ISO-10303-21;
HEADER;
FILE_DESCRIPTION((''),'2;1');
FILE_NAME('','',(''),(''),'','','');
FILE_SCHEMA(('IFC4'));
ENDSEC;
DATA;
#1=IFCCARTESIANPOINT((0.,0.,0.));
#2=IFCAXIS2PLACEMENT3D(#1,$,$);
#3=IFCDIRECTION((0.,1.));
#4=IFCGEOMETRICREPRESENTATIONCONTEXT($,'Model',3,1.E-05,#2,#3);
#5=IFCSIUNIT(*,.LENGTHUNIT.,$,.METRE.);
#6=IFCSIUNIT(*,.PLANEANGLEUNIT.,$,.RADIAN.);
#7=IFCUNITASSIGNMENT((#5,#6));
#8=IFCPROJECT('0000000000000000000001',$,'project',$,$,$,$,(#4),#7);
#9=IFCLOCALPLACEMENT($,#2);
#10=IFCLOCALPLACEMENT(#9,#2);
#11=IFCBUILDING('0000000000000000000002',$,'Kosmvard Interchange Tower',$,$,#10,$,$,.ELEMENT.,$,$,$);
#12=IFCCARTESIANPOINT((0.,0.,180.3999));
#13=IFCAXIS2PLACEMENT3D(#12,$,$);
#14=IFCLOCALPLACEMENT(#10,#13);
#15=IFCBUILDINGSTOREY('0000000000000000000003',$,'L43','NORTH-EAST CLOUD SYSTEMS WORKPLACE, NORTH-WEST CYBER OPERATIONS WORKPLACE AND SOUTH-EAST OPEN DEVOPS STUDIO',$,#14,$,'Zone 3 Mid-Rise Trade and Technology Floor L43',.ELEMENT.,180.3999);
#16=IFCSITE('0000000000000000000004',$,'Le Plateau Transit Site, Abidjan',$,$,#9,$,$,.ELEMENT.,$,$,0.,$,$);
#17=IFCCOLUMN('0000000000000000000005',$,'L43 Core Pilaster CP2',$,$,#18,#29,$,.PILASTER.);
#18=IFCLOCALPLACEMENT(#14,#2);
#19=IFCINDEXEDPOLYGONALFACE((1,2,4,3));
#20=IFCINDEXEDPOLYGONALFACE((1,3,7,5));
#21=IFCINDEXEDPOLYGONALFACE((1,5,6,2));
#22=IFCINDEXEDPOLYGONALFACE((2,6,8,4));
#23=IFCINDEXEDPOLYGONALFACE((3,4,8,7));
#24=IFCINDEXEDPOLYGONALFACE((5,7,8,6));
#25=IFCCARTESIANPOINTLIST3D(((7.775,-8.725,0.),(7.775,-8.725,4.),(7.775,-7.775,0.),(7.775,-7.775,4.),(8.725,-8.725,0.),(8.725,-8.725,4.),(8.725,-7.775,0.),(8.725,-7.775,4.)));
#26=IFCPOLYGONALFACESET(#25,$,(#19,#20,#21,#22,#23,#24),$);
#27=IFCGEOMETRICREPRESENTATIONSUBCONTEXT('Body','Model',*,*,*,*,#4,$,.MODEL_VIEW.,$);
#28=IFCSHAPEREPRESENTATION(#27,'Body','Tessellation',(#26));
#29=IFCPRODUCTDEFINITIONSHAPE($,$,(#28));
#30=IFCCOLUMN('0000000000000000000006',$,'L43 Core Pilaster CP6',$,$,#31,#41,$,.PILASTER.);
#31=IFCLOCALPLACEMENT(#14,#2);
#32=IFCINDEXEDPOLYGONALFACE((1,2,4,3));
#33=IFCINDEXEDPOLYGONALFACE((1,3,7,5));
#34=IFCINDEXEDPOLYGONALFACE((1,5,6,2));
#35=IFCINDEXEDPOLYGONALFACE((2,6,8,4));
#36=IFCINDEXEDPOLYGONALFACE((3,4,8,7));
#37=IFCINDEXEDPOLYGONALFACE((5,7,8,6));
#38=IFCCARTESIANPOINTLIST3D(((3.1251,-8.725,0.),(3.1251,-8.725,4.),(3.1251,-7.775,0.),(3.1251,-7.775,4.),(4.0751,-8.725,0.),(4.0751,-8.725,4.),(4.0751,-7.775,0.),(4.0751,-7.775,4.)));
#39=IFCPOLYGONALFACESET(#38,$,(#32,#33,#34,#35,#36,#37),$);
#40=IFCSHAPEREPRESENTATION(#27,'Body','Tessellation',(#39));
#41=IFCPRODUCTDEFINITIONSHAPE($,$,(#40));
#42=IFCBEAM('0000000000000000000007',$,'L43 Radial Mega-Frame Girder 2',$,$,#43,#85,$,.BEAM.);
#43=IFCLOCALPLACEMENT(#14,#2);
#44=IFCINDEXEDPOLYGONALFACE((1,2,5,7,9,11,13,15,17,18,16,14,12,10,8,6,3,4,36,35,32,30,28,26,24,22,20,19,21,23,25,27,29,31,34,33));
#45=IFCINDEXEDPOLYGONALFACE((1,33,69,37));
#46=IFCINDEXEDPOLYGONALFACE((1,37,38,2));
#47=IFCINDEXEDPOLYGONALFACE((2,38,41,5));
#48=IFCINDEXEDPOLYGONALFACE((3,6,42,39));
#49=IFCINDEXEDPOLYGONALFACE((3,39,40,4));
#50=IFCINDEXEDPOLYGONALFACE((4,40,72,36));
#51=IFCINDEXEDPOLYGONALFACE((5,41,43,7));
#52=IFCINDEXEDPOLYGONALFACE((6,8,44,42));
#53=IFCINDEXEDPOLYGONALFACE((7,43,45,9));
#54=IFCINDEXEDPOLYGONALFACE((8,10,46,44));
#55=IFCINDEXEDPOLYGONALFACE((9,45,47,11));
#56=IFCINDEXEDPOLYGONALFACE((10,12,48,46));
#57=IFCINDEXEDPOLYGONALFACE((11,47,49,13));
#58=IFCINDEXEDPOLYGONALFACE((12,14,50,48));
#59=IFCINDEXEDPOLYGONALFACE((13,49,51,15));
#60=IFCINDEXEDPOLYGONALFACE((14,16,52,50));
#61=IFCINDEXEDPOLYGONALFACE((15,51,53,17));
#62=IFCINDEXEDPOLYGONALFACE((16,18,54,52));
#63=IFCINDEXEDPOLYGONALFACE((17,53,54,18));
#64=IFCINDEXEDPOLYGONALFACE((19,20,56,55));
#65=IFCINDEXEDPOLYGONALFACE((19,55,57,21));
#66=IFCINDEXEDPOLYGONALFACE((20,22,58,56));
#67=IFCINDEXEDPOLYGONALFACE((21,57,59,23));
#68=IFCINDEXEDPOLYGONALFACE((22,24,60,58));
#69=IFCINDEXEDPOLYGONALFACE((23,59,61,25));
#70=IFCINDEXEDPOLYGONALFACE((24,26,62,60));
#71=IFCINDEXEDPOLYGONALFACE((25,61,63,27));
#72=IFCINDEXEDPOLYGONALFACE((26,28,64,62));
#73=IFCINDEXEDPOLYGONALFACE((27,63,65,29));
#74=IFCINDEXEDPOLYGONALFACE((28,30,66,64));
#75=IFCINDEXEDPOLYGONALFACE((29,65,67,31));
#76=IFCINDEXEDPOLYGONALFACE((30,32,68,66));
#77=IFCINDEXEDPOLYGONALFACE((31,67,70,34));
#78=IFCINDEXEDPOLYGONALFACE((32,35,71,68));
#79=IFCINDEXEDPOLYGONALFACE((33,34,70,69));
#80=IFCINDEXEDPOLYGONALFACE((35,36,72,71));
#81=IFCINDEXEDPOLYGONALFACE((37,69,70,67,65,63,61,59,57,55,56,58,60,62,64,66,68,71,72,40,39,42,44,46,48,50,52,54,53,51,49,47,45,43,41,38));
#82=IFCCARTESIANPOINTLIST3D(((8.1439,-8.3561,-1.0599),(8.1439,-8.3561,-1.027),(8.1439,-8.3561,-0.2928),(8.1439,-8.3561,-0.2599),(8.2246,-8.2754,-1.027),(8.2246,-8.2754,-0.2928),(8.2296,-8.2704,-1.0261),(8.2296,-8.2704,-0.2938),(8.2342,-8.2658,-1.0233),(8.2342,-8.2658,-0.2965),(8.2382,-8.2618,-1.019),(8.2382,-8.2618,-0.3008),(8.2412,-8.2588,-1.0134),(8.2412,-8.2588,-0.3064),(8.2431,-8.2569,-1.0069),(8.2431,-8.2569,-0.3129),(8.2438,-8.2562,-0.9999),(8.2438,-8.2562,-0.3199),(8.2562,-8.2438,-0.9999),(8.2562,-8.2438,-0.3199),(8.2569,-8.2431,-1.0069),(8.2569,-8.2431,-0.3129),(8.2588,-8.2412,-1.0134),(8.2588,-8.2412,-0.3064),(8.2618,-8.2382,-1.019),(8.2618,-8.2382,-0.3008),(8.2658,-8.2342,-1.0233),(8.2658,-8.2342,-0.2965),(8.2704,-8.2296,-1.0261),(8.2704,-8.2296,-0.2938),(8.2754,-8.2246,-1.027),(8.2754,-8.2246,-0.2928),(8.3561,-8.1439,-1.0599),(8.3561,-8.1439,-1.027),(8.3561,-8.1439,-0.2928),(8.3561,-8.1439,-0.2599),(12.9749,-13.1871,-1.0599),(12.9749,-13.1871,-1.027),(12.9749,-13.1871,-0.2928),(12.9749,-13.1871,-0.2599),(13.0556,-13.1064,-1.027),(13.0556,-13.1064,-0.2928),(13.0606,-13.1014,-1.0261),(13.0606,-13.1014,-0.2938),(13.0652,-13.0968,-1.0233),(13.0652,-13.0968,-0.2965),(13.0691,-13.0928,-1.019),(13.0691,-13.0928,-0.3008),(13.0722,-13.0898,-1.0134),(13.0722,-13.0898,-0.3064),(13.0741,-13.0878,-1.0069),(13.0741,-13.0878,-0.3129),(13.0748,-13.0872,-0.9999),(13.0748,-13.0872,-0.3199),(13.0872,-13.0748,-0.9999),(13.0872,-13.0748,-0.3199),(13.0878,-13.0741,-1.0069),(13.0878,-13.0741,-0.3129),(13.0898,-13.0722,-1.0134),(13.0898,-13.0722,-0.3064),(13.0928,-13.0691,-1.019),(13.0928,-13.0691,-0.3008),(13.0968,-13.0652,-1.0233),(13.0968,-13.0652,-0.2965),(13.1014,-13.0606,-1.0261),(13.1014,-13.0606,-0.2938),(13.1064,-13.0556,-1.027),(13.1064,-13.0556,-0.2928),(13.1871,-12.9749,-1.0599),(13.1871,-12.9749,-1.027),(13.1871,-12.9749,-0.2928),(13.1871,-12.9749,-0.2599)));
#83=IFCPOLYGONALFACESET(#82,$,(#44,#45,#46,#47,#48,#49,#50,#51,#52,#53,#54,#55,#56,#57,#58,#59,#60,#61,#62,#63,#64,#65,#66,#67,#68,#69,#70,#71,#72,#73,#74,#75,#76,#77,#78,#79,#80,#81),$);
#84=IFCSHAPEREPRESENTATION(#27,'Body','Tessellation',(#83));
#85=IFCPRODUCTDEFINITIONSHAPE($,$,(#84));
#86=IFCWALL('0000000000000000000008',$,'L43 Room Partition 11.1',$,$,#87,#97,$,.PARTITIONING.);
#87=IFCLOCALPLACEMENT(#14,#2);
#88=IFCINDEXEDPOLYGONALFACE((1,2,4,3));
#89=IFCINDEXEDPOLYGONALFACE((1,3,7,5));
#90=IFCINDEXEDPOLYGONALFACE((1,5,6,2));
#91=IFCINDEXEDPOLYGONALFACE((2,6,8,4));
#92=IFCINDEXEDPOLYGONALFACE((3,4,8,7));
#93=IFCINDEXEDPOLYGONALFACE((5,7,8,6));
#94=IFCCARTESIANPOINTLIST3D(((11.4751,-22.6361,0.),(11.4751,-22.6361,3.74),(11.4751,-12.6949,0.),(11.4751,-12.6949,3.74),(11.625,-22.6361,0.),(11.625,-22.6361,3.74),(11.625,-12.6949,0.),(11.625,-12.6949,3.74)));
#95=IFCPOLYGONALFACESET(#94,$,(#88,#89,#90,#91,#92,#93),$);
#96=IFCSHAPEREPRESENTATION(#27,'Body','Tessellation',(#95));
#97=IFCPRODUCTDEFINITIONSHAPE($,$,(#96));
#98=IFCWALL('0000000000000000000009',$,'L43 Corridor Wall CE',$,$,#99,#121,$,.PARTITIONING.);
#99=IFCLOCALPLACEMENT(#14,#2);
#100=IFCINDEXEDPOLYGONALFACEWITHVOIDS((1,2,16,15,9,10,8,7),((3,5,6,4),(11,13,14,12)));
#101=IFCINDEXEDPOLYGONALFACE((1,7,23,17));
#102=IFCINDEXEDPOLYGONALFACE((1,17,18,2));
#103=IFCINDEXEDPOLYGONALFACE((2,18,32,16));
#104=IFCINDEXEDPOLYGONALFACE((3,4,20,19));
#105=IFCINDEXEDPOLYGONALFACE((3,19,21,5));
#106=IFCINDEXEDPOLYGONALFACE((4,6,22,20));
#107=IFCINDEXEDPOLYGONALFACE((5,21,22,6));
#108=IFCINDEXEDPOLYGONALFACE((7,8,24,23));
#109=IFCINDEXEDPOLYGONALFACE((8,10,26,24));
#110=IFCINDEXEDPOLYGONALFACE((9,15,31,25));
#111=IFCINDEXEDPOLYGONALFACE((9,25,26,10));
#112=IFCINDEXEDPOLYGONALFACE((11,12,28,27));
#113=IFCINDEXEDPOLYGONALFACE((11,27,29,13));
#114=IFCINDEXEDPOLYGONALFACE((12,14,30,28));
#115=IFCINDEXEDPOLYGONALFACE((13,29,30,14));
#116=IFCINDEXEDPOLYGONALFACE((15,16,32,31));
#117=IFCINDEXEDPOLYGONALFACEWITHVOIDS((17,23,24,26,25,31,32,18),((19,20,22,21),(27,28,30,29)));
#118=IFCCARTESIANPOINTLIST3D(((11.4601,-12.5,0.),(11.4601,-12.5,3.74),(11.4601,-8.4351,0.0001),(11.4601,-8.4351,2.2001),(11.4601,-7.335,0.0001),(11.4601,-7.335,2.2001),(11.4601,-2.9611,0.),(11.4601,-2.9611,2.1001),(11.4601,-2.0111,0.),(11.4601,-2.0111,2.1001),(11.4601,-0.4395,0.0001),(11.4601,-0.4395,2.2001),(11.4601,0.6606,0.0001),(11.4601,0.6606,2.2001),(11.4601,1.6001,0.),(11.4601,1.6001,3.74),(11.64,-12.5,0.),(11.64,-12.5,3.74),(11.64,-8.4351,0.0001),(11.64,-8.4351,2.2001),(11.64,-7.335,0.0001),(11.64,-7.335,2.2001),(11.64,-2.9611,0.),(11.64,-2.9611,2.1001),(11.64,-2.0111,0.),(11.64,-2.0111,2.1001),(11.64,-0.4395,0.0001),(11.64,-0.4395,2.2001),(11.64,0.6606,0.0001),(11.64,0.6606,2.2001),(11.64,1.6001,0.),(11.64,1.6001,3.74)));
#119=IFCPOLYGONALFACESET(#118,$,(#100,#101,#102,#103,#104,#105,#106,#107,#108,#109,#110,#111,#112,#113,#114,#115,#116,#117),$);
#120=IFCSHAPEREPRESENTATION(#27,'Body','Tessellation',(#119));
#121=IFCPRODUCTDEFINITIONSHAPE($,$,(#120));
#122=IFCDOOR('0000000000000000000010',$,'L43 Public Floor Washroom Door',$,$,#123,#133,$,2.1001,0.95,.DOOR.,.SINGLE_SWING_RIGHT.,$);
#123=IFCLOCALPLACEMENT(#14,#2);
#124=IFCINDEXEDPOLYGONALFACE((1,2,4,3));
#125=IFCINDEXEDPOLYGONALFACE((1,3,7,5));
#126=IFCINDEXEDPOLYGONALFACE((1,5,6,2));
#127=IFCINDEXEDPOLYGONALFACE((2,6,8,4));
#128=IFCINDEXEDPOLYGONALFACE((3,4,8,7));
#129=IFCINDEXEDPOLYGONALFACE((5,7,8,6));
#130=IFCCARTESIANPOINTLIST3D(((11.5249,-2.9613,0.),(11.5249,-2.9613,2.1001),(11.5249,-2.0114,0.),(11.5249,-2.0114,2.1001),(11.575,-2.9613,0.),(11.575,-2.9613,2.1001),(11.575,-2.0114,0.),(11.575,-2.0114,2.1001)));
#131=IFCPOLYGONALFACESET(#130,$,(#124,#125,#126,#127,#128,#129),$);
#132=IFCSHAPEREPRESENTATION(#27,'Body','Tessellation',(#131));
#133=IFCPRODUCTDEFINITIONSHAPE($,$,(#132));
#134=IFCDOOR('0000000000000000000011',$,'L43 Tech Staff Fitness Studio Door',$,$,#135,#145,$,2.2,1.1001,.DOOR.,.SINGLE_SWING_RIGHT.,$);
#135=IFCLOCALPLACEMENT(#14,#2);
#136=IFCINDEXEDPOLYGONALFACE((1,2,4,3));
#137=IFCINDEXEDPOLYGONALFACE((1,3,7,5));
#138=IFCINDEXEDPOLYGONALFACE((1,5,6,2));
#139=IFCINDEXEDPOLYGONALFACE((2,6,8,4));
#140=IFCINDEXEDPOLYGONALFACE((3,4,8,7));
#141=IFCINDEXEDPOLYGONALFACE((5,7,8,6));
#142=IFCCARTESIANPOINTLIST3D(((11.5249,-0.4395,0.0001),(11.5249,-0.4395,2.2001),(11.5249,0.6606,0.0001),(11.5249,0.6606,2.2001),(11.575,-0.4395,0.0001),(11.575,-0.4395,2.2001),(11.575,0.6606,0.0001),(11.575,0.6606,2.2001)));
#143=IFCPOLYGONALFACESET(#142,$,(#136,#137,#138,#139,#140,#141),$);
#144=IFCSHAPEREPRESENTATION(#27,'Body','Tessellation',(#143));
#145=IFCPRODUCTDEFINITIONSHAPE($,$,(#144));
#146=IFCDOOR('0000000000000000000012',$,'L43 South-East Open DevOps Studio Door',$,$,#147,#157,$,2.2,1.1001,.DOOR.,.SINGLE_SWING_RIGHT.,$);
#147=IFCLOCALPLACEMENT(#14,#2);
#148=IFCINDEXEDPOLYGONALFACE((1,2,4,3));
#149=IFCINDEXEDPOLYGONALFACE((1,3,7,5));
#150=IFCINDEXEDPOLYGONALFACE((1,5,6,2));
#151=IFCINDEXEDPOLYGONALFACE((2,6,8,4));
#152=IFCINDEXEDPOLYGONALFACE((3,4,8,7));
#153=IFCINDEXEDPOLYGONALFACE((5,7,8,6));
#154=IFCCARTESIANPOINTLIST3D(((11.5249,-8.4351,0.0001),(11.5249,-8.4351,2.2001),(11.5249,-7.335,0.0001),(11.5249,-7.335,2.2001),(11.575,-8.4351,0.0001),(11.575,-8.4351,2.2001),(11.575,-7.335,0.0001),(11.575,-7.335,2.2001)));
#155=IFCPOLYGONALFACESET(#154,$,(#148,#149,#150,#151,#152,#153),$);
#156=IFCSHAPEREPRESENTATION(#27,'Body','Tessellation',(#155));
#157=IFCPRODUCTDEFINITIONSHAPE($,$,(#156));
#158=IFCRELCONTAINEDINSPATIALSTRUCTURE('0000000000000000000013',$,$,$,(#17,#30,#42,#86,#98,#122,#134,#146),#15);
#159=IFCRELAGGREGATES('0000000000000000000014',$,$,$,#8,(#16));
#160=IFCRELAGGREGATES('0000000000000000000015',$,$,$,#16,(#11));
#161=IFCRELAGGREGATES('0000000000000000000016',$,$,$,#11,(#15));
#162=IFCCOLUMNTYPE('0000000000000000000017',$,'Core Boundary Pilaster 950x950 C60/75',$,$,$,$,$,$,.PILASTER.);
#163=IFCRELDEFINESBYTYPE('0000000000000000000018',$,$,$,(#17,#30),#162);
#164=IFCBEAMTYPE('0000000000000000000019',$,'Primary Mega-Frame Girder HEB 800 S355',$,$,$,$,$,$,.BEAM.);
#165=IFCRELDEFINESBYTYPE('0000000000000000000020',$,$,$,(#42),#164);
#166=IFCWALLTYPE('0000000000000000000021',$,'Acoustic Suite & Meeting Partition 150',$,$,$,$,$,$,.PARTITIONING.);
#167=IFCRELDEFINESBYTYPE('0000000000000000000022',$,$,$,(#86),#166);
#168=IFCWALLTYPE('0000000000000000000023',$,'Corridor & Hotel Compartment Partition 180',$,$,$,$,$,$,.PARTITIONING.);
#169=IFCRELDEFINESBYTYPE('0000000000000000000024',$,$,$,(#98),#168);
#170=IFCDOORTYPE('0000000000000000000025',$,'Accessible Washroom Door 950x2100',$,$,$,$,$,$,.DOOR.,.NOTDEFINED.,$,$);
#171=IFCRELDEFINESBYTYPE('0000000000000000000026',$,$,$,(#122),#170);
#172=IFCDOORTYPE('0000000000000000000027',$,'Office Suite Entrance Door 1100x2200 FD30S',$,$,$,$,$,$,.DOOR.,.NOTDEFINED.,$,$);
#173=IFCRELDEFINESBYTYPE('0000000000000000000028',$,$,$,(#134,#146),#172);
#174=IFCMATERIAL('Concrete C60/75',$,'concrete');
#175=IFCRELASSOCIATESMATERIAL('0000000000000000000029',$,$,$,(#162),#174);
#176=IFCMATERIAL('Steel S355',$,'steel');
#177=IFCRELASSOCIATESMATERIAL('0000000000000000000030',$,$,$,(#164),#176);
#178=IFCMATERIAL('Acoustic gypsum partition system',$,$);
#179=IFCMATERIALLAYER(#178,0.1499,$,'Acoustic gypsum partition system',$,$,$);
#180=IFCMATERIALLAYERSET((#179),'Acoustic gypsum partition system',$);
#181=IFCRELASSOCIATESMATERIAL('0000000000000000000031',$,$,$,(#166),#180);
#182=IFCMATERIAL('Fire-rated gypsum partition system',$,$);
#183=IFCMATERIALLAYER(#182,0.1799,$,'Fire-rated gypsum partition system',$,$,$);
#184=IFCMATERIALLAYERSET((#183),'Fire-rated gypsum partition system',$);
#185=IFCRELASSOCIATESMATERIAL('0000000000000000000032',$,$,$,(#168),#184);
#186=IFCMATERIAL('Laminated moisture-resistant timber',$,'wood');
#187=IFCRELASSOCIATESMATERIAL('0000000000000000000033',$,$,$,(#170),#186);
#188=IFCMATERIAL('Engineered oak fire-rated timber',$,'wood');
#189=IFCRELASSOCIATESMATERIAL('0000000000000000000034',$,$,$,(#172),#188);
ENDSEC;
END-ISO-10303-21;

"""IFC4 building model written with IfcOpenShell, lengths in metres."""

from ifc_helpers import new_model, si_unit, direction, frame, frame_2d, origin, origin_2d, place, context, subcontext, project, spatial, rectangle, i_section, extrude, source, transform, mapped, material, layer, layer_set, material_profile, profile_set, type_object, element, fill, save


model = new_model("IFC4")

# Units and contexts
model_context = context("Model", 3, precision=1e-05, world=origin(), true_north=direction((0.0, 1.0)))
body_context = subcontext(model_context, "Body", "Model", "MODEL_VIEW")
ifc_project = project(units=[si_unit("LENGTHUNIT", "METRE"), si_unit("PLANEANGLEUNIT", "RADIAN")], contexts=[model_context])

# Site, building, storey
site_placement = place(None, origin())
site = spatial("IfcSite", under=ifc_project, at=site_placement, Name="Le Plateau Transit Site, Abidjan", CompositionType="ELEMENT", RefElevation=0.0)
building_placement = place(site_placement, origin())
building = spatial("IfcBuilding", under=site, at=building_placement, Name="Kosmvard Interchange Tower", CompositionType="ELEMENT")
storey_placement = place(building_placement, frame((0.0, 0.0, 180.3999)))
storey = spatial("IfcBuildingStorey", under=building, at=storey_placement, Name="L43", Description="NORTH-EAST CLOUD SYSTEMS WORKPLACE, NORTH-WEST CYBER OPERATIONS WORKPLACE AND SOUTH-EAST OPEN DEVOPS STUDIO", LongName="Zone 3 Mid-Rise Trade and Technology Floor L43", CompositionType="ELEMENT", Elevation=180.3999)

# Columns
ifc_material_1 = material(Name="Concrete C60/75", Category="concrete")
ifc_material_profile_1 = material_profile(ifc_material_1, rectangle(XDim=0.95, YDim=0.95, at=origin_2d()), Name="CP 950x950")
ifc_profile_set_1 = profile_set([ifc_material_profile_1], Name="Concrete C60/75")
column_type = type_object("IfcColumnType", Name="Core Boundary Pilaster 950x950 C60/75", PredefinedType="PILASTER", material=ifc_profile_set_1)
shared_shape_1 = source(origin(), body_context, "Body", "SweptSolid", [
    extrude(rectangle(XDim=0.95, YDim=0.95, at=origin_2d()), origin(), (0.0, 0.0, 1.0), 4.0),
])
for number, where, z_axis, x_axis, name in (
    (1, (8.25, -8.25, 0.0), (0.0, 0.0, 1.0), (1.0, 0.0, 0.0), "L43 Core Pilaster CP2"),
    (2, (3.6001, -8.25, 0.0), (0.0, 0.0, 1.0), (1.0, 0.0, 0.0), "L43 Core Pilaster CP6"),
):
    element("IfcColumn", number, at=place(storey_placement, frame(where, z_axis=z_axis, x_axis=x_axis)), inside=storey, type_object=column_type, Name=name, PredefinedType="PILASTER", context=body_context, shape_type="MappedRepresentation", body=[
        mapped(shared_shape_1, transform((0.0, 0.0, 0.0), scale=1.0)),
    ])

# Beam
ifc_material_2 = material(Name="Steel S355", Category="steel")
ifc_material_profile_2 = material_profile(ifc_material_2, i_section(OverallWidth=0.3, OverallDepth=0.8, WebThickness=0.0176, FlangeThickness=0.033, FilletRadius=0.0271, at=origin_2d()), Name="HEB 800")
ifc_profile_set_2 = profile_set([ifc_material_profile_2], Name="Steel S355")
beam_type = type_object("IfcBeamType", Name="Primary Mega-Frame Girder HEB 800 S355", PredefinedType="BEAM", material=ifc_profile_set_2)
shared_shape_2 = source(origin(), body_context, "Body", "SweptSolid", [
    extrude(i_section(OverallWidth=0.3, OverallDepth=0.8, WebThickness=0.0176, FlangeThickness=0.033, FilletRadius=0.0271, at=origin_2d()), origin(), (0.0, 0.0, 1.0), 6.832),
])
beam_placement = place(storey_placement, frame((8.25, -8.25, -0.6599), z_axis=(0.707107, -0.707107, 0.0), x_axis=(0.707107, 0.707107, 0.0)))
element("IfcBeam", 3, at=beam_placement, inside=storey, type_object=beam_type, Name="L43 Radial Mega-Frame Girder 2", PredefinedType="BEAM", context=body_context, shape_type="MappedRepresentation", body=[
    mapped(shared_shape_2, transform((0.0, 0.0, 0.0), scale=1.0)),
])

# Wall
ifc_material_3 = material(Name="Acoustic gypsum partition system")
ifc_layer_1 = layer(ifc_material_3, 0.1499, Name="Acoustic gypsum partition system")
ifc_layer_set_1 = layer_set([ifc_layer_1], Name="Acoustic gypsum partition system")
wall_type_1 = type_object("IfcWallType", Name="Acoustic Suite & Meeting Partition 150", PredefinedType="PARTITIONING", material=ifc_layer_set_1)
wall_1_placement = place(storey_placement, frame((11.55, -22.6362, 0.0), z_axis=(0.0, 0.0, 1.0), x_axis=(0.0, 1.0, 0.0)))
element("IfcWall", 4, at=wall_1_placement, inside=storey, type_object=wall_type_1, Name="L43 Room Partition 11.1", PredefinedType="PARTITIONING", context=body_context, shape_type="SweptSolid", body=[
    extrude(rectangle(XDim=9.9412, YDim=0.1499, at=frame_2d((4.9707, 0.0))), origin(), (0.0, 0.0, 1.0), 3.74),
])

# Wall, openings, doors
ifc_material_4 = material(Name="Fire-rated gypsum partition system")
ifc_layer_2 = layer(ifc_material_4, 0.1799, Name="Fire-rated gypsum partition system")
ifc_layer_set_2 = layer_set([ifc_layer_2], Name="Fire-rated gypsum partition system")
wall_type_2 = type_object("IfcWallType", Name="Corridor & Hotel Compartment Partition 180", PredefinedType="PARTITIONING", material=ifc_layer_set_2)
wall_2_placement = place(storey_placement, frame((11.55, -12.5, 0.0), z_axis=(0.0, 0.0, 1.0), x_axis=(0.0, 1.0, 0.0)))
wall_2 = element("IfcWall", 5, at=wall_2_placement, inside=storey, type_object=wall_type_2, Name="L43 Corridor Wall CE", PredefinedType="PARTITIONING", context=body_context, shape_type="SweptSolid", body=[
    extrude(rectangle(XDim=14.1001, YDim=0.1799, at=frame_2d((7.05, 0.0))), origin(), (0.0, 0.0, 1.0), 3.74),
])
opening_1_placement = place(wall_2_placement, frame((9.5388, 0.0, 0.0)))
opening_1 = element("IfcOpeningElement", 6, at=opening_1_placement, cuts=wall_2, PredefinedType="OPENING", context=body_context, shape_type="SweptSolid", body=[
    extrude(rectangle(XDim=0.95, YDim=2.1001, at=frame_2d((0.4751, 1.05))), frame((0.0, 0.1001, 0.0), z_axis=(0.0, -1.0, 0.0), x_axis=(1.0, 0.0, 0.0)), (0.0, 0.0, 1.0), 0.2),
])
opening_2_placement = place(wall_2_placement, frame((12.0605, 0.0, 0.0)))
opening_2 = element("IfcOpeningElement", 7, at=opening_2_placement, cuts=wall_2, PredefinedType="OPENING", context=body_context, shape_type="SweptSolid", body=[
    extrude(rectangle(XDim=1.1001, YDim=2.2, at=frame_2d((0.55, 1.1001))), frame((0.0, 0.1001, 0.0), z_axis=(0.0, -1.0, 0.0), x_axis=(1.0, 0.0, 0.0)), (0.0, 0.0, 1.0), 0.2),
])
opening_3_placement = place(wall_2_placement, frame((4.0649, 0.0, 0.0)))
opening_3 = element("IfcOpeningElement", 8, at=opening_3_placement, cuts=wall_2, PredefinedType="OPENING", context=body_context, shape_type="SweptSolid", body=[
    extrude(rectangle(XDim=1.1001, YDim=2.2, at=frame_2d((0.55, 1.1001))), frame((0.0, 0.1001, 0.0), z_axis=(0.0, -1.0, 0.0), x_axis=(1.0, 0.0, 0.0)), (0.0, 0.0, 1.0), 0.2),
])
ifc_material_5 = material(Name="Laminated moisture-resistant timber", Category="wood")
door_type_1 = type_object("IfcDoorType", Name="Accessible Washroom Door 950x2100", OperationType="NOTDEFINED", PredefinedType="DOOR", material=ifc_material_5)
shared_shape_3 = source(origin(), body_context, "Body", "SweptSolid", [
    extrude(rectangle(XDim=0.95, YDim=2.1001, at=frame_2d((0.4751, 1.05))), frame((0.0, 0.0249, 0.0), z_axis=(0.0, -1.0, 0.0), x_axis=(1.0, 0.0, 0.0)), (0.0, 0.0, 1.0), 0.05),
])
door_1_placement = place(opening_1_placement, frame((0.95, 0.0, 0.0), z_axis=(0.0, 0.0, 1.0), x_axis=(-1.0, 0.0, 0.0)))
door_1 = element("IfcDoor", 9, at=door_1_placement, inside=storey, type_object=door_type_1, Name="L43 Public Floor Washroom Door", OperationType="SINGLE_SWING_RIGHT", OverallHeight=2.1001, OverallWidth=0.95, PredefinedType="DOOR", context=body_context, shape_type="MappedRepresentation", body=[
    mapped(shared_shape_3, transform((0.0, 0.0, 0.0), scale=1.0)),
])
fill(opening_1, door_1)
ifc_material_6 = material(Name="Engineered oak fire-rated timber", Category="wood")
door_type_2 = type_object("IfcDoorType", Name="Office Suite Entrance Door 1100x2200 FD30S", OperationType="NOTDEFINED", PredefinedType="DOOR", material=ifc_material_6)
shared_shape_4 = source(origin(), body_context, "Body", "SweptSolid", [
    extrude(rectangle(XDim=1.1001, YDim=2.2, at=frame_2d((0.55, 1.1001))), frame((0.0, 0.0249, 0.0), z_axis=(0.0, -1.0, 0.0), x_axis=(1.0, 0.0, 0.0)), (0.0, 0.0, 1.0), 0.05),
])
door_2_placement = place(opening_2_placement, frame((1.1001, 0.0, 0.0), z_axis=(0.0, 0.0, 1.0), x_axis=(-1.0, 0.0, 0.0)))
door_2 = element("IfcDoor", 10, at=door_2_placement, inside=storey, type_object=door_type_2, Name="L43 Tech Staff Fitness Studio Door", OperationType="SINGLE_SWING_RIGHT", OverallHeight=2.2, OverallWidth=1.1001, PredefinedType="DOOR", context=body_context, shape_type="MappedRepresentation", body=[
    mapped(shared_shape_4, transform((0.0, 0.0, 0.0), scale=1.0)),
])
fill(opening_2, door_2)
door_3_placement = place(opening_3_placement, frame((1.1001, 0.0, 0.0), z_axis=(0.0, 0.0, 1.0), x_axis=(-1.0, 0.0, 0.0)))
door_3 = element("IfcDoor", 11, at=door_3_placement, inside=storey, type_object=door_type_2, Name="L43 South-East Open DevOps Studio Door", OperationType="SINGLE_SWING_RIGHT", OverallHeight=2.2, OverallWidth=1.1001, PredefinedType="DOOR", context=body_context, shape_type="MappedRepresentation", body=[
    mapped(shared_shape_4, transform((0.0, 0.0, 0.0), scale=1.0)),
])
fill(opening_3, door_3)

save(model, "model.ifc")
